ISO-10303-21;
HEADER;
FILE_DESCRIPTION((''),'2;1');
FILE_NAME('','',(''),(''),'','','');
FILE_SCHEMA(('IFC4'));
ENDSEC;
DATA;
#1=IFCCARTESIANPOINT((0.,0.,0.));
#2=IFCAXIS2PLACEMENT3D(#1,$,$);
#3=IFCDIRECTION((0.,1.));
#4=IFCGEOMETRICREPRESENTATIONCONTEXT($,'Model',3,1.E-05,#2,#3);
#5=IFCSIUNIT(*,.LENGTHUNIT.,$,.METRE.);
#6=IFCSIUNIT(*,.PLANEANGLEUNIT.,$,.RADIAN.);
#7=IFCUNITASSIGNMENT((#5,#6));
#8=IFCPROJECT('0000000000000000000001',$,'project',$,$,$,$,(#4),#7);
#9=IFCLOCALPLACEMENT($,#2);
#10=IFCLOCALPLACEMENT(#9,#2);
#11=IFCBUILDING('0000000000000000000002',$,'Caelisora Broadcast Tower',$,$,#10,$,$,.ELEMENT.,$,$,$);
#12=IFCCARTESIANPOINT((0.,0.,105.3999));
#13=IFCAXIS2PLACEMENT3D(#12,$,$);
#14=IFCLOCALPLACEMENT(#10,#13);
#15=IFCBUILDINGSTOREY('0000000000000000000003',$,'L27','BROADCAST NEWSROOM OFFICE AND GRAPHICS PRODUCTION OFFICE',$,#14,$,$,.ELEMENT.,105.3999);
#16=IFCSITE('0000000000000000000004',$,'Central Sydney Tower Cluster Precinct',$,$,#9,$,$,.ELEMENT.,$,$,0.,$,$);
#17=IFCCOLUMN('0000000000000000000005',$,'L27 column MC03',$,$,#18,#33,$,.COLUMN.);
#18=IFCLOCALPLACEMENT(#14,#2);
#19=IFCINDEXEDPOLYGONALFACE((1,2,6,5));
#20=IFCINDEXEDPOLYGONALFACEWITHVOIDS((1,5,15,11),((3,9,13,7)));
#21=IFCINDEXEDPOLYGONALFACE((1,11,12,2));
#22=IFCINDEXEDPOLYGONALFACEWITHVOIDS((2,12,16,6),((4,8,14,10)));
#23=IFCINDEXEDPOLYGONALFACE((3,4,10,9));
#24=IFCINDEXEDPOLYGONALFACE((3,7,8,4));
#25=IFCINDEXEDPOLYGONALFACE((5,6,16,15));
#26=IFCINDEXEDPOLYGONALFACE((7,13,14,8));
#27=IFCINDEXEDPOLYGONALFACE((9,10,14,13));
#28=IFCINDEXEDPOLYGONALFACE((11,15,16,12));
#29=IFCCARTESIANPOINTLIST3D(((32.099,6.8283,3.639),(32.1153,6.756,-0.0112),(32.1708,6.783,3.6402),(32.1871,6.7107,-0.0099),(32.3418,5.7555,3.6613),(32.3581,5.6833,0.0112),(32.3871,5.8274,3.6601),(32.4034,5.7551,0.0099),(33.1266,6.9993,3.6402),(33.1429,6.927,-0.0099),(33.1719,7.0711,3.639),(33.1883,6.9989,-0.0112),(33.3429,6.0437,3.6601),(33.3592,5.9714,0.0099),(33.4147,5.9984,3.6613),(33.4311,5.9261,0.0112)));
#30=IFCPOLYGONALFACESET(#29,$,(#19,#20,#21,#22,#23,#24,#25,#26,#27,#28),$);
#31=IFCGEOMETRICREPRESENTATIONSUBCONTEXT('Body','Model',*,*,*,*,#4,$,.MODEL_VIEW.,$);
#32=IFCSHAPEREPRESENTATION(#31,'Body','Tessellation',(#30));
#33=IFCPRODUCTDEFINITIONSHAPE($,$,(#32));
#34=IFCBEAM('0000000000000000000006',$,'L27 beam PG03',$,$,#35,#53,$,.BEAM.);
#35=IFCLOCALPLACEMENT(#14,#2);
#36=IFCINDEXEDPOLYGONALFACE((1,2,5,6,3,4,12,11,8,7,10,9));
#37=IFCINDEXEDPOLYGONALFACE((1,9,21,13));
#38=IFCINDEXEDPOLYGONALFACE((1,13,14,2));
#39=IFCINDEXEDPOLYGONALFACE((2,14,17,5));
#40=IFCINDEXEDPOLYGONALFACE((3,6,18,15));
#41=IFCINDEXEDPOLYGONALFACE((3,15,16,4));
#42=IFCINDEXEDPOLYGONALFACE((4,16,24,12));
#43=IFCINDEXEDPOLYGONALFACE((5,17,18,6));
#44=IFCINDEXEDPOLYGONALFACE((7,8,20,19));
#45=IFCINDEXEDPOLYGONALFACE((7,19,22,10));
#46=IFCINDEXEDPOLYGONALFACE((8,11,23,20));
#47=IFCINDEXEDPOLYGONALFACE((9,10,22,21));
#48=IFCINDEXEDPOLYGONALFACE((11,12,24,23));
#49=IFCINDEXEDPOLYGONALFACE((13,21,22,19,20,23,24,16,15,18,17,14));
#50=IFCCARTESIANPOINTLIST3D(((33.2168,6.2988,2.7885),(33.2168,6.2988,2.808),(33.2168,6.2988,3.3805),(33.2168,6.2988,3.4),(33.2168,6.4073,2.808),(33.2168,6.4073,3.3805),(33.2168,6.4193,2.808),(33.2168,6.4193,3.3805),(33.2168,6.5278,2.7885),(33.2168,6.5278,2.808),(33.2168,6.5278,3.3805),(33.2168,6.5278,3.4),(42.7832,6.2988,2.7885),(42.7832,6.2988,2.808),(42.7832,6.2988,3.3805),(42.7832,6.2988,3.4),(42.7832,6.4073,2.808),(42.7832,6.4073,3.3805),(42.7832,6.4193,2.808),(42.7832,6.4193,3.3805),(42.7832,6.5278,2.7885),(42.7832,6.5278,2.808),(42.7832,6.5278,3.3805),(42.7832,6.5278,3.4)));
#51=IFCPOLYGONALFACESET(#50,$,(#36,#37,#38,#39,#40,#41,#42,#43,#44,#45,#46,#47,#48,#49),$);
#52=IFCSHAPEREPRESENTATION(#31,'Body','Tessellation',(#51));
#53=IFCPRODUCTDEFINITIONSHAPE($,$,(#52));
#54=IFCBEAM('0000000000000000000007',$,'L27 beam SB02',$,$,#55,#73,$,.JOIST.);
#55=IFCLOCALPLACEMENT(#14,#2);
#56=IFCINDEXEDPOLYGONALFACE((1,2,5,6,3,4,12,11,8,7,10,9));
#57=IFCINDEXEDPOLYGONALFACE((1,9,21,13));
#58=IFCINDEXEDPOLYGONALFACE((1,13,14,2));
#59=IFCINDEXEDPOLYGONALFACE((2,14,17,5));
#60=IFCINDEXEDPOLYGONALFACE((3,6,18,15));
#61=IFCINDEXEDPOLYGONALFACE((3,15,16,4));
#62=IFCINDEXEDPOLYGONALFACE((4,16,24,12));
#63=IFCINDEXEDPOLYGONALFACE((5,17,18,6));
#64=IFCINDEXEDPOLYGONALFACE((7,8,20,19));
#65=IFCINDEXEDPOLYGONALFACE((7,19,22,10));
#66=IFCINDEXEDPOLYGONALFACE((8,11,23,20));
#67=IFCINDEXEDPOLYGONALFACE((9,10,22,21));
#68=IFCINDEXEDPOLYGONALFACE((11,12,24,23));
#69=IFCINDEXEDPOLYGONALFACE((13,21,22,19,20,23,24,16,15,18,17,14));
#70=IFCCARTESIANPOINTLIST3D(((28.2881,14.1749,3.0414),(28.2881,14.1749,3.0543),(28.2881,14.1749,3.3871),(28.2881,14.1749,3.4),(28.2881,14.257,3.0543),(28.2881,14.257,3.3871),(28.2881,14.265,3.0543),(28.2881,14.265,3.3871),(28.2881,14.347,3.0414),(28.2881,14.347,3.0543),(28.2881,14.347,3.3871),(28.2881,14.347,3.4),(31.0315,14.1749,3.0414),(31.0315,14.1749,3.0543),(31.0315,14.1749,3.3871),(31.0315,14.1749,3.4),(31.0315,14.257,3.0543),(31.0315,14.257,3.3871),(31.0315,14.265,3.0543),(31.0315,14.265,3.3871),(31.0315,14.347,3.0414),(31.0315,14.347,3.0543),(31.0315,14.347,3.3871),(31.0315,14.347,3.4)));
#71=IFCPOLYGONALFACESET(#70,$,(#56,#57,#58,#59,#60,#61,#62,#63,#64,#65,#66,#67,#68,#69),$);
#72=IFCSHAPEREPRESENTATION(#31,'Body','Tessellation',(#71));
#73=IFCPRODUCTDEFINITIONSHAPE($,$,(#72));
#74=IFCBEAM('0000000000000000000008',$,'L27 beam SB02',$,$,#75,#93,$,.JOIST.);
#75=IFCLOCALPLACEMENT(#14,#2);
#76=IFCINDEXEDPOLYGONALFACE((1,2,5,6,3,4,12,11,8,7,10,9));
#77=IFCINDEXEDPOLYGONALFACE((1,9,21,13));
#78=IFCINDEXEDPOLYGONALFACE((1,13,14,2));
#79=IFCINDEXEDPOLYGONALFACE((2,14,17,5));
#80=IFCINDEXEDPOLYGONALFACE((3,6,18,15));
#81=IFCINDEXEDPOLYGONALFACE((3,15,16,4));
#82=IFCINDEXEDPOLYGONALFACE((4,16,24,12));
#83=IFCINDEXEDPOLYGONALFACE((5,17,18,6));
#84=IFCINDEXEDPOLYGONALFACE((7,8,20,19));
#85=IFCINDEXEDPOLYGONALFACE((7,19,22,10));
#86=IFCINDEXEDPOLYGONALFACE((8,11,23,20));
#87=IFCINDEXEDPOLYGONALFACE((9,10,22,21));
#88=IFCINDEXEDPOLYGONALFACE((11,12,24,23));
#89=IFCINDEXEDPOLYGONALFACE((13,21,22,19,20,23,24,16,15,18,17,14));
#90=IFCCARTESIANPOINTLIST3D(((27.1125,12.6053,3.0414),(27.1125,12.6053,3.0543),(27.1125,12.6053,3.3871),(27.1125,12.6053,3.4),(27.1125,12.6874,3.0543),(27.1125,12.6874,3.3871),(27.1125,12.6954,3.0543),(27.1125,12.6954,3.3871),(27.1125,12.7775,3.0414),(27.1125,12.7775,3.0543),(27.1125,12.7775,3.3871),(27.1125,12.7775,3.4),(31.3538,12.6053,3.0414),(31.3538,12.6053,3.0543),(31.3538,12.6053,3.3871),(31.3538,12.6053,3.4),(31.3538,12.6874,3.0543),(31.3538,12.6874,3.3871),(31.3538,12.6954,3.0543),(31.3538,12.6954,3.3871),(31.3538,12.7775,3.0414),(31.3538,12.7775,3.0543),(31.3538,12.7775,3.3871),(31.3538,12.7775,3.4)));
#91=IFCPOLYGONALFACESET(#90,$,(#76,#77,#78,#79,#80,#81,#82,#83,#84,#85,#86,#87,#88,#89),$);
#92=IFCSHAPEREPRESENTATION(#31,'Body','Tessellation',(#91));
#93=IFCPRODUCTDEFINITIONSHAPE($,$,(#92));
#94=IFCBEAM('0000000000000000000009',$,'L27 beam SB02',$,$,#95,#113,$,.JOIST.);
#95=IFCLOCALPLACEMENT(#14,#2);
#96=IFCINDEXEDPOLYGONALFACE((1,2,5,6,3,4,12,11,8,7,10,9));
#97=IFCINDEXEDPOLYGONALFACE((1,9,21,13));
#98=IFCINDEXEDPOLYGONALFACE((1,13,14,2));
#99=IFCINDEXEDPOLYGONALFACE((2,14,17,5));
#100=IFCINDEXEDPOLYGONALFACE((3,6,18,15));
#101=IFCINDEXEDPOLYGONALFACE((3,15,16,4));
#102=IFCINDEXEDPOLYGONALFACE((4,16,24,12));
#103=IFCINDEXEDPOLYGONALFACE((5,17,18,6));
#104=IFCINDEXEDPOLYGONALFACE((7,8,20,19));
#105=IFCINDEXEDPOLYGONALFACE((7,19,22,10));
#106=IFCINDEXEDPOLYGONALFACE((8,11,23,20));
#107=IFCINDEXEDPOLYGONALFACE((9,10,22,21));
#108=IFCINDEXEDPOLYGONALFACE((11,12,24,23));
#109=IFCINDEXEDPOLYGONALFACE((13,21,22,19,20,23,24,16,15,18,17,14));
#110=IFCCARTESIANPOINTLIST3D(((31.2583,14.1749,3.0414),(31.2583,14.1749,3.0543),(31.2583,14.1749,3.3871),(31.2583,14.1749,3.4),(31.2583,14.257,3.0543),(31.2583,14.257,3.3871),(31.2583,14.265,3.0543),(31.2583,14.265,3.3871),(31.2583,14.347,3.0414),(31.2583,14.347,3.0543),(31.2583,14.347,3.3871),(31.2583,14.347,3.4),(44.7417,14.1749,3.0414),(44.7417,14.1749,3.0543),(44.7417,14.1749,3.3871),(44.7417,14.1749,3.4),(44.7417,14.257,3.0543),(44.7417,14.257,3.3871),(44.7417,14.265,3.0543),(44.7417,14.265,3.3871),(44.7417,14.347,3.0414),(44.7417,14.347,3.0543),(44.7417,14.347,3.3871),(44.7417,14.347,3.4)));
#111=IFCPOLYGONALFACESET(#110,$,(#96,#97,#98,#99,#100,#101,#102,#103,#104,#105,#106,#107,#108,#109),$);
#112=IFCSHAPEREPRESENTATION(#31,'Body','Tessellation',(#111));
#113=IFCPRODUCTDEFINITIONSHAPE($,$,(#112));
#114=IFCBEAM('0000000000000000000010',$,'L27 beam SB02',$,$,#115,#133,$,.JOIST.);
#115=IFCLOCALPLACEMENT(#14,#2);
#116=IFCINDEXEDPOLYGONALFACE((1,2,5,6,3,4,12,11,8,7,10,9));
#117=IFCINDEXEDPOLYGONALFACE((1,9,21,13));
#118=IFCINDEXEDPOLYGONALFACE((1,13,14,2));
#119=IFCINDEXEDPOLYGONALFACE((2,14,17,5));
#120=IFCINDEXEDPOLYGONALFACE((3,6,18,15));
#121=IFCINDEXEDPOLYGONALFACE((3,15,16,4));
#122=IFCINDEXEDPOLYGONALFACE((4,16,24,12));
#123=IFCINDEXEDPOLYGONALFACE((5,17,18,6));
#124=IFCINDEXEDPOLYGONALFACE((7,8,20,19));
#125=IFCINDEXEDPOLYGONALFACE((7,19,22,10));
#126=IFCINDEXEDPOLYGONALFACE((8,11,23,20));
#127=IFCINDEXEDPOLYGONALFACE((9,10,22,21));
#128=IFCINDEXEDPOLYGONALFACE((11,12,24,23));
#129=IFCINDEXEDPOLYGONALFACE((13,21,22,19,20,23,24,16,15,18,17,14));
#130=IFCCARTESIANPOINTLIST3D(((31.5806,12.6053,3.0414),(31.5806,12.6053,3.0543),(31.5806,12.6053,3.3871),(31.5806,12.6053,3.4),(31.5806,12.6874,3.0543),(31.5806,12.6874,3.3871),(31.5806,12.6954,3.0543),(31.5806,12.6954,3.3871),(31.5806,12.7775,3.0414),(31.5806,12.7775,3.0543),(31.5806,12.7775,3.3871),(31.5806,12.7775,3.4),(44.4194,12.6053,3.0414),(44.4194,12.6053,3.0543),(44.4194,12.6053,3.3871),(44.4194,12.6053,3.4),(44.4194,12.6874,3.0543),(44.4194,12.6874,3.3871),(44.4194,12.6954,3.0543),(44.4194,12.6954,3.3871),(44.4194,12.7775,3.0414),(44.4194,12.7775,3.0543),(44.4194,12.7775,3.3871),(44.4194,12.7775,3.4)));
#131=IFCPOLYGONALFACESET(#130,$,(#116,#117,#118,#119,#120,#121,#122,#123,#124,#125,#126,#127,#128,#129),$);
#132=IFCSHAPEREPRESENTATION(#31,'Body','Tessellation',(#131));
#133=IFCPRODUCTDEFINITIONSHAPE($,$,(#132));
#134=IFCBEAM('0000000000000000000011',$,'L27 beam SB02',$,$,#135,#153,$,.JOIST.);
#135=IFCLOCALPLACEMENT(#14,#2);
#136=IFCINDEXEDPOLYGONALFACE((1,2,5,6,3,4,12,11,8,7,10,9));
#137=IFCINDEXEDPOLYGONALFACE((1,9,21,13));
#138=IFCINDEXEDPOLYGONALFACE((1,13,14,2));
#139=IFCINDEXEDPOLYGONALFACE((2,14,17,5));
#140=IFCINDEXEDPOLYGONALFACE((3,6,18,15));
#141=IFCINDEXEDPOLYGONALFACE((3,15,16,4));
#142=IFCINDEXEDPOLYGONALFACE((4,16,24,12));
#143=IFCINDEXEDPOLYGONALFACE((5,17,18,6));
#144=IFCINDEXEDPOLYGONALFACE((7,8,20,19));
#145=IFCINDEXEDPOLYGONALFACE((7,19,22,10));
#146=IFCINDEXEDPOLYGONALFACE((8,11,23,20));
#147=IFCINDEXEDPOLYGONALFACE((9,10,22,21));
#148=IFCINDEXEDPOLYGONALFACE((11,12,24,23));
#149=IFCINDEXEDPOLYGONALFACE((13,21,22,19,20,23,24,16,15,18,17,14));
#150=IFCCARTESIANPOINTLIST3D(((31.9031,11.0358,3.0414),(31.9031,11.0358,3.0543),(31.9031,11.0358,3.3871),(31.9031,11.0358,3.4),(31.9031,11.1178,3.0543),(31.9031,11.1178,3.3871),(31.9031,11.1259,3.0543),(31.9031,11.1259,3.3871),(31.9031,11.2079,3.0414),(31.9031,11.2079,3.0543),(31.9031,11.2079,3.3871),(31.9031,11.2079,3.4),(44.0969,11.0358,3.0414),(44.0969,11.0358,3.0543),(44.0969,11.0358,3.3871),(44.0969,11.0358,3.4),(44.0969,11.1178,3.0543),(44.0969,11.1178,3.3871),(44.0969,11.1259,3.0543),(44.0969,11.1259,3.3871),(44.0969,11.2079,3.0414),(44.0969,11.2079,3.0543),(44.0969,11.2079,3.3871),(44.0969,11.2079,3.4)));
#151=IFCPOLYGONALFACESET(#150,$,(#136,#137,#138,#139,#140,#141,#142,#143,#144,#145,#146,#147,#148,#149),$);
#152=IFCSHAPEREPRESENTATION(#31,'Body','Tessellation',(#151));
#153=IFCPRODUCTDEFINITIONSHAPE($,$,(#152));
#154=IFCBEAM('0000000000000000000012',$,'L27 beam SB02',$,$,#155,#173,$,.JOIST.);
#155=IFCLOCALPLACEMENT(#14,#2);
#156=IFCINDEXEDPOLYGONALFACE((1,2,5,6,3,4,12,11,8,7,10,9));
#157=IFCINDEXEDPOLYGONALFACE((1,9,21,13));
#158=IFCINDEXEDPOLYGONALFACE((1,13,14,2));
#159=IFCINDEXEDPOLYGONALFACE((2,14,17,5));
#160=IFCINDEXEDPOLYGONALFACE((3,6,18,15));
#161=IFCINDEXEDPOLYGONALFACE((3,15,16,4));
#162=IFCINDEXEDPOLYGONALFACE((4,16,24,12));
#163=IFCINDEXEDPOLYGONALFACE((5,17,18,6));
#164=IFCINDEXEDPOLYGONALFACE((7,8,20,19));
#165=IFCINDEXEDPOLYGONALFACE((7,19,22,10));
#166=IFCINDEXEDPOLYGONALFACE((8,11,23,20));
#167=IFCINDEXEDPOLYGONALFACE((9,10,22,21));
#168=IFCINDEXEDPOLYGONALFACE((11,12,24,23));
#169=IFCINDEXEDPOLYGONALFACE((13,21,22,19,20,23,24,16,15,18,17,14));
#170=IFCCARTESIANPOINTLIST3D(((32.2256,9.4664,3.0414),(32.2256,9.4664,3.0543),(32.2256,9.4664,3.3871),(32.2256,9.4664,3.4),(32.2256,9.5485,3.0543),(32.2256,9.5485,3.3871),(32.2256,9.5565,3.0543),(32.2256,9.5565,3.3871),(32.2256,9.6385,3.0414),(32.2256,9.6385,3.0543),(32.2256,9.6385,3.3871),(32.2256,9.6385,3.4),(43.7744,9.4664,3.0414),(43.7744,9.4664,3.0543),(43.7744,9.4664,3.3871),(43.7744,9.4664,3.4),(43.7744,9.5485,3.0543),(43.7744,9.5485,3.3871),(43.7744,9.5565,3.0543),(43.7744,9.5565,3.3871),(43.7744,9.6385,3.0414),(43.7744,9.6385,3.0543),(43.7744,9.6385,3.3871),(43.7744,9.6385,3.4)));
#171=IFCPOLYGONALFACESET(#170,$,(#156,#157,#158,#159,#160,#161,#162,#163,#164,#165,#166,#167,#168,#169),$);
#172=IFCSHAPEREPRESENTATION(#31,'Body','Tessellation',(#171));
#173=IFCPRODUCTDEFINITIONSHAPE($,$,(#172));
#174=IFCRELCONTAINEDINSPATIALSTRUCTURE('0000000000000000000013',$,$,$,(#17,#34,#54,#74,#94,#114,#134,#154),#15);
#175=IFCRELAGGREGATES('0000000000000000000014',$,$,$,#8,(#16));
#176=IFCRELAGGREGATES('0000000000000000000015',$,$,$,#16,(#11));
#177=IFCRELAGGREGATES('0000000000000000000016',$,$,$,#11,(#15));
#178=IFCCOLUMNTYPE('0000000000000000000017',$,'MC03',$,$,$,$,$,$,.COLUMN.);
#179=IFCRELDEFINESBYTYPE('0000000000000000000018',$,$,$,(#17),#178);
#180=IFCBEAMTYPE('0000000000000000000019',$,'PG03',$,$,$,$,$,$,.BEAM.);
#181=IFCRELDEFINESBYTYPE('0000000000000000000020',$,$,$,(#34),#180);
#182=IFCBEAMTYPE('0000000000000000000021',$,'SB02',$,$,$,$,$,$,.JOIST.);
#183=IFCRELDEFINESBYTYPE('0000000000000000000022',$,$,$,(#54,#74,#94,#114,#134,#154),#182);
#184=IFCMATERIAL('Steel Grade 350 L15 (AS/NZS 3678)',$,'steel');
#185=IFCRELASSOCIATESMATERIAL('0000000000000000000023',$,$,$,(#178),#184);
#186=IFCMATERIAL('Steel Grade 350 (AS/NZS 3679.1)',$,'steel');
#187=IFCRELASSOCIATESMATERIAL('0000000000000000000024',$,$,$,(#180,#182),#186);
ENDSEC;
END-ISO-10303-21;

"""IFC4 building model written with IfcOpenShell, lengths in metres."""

from ifc_helpers import new_model, si_unit, direction, frame, origin, origin_2d, place, context, subcontext, project, spatial, hollow_rectangle, i_section, extrude, source, transform, mapped, material, material_profile, profile_set, type_object, type_shapes, element, save


model = new_model("IFC4")

# Units and contexts
model_context = context("Model", 3, precision=1e-05, world=origin(), true_north=direction((0.0, 1.0)))
body_context = subcontext(model_context, "Body", "Model", "MODEL_VIEW")
ifc_project = project(units=[si_unit("LENGTHUNIT", "METRE"), si_unit("PLANEANGLEUNIT", "RADIAN")], contexts=[model_context])

# Site, building, storey
site_placement = place(None, origin())
site = spatial("IfcSite", under=ifc_project, at=site_placement, Name="Central Sydney Tower Cluster Precinct", CompositionType="ELEMENT", RefElevation=0.0)
building_placement = place(site_placement, origin())
building = spatial("IfcBuilding", under=site, at=building_placement, Name="Caelisora Broadcast Tower", CompositionType="ELEMENT")
storey_placement = place(building_placement, frame((0.0, 0.0, 105.3999)))
storey = spatial("IfcBuildingStorey", under=building, at=storey_placement, Name="L27", Description="BROADCAST NEWSROOM OFFICE AND GRAPHICS PRODUCTION OFFICE", CompositionType="ELEMENT", Elevation=105.3999)

# Column
ifc_material_1 = material(Name="Steel Grade 350 L15 (AS/NZS 3678)", Category="steel")
ifc_material_profile_1 = material_profile(ifc_material_1, hollow_rectangle(XDim=1.1001, YDim=1.1001, WallThickness=0.0601, at=origin_2d()), Name="Steel Grade 350 L15 (AS/NZS 3678)")
ifc_profile_set_1 = profile_set([ifc_material_profile_1], Name="Steel Grade 350 L15 (AS/NZS 3678)")
column_type = type_object("IfcColumnType", Name="MC03", PredefinedType="COLUMN", material=ifc_profile_set_1)
shared_shape_1 = source(origin(), body_context, "Body", "SweptSolid", [
    extrude(hollow_rectangle(XDim=1.1001, YDim=1.1001, WallThickness=0.0601, at=origin_2d()), origin(), (0.0, 0.0, 1.0), 3.6509),
])
type_shapes(column_type, [shared_shape_1])
column_placement = place(storey_placement, frame((32.7732, 6.3411, 0.0), z_axis=(-0.00448, 0.019794, 0.999794), x_axis=(-0.975327, -0.220767, 0.0)))
element("IfcColumn", 1, at=column_placement, inside=storey, type_object=column_type, Name="L27 column MC03", PredefinedType="COLUMN", context=body_context, shape_type="MappedRepresentation", body=[
    mapped(shared_shape_1, transform((0.0, 0.0, 0.0), scale=1.0)),
])

# Beams
ifc_material_2 = material(Name="Steel Grade 350 (AS/NZS 3679.1)", Category="steel")
ifc_material_profile_2 = material_profile(ifc_material_2, i_section(OverallWidth=0.229, OverallDepth=0.6116, WebThickness=0.012, FlangeThickness=0.0195, at=origin_2d()), Name="Steel Grade 350 (AS/NZS 3679.1)")
ifc_profile_set_2 = profile_set([ifc_material_profile_2], Name="Steel Grade 350 (AS/NZS 3679.1)")
beam_type_1 = type_object("IfcBeamType", Name="PG03", PredefinedType="BEAM", material=ifc_profile_set_2)
shared_shape_2 = source(origin(), body_context, "Body", "SweptSolid", [
    extrude(i_section(OverallWidth=0.229, OverallDepth=0.6116, WebThickness=0.012, FlangeThickness=0.0195, at=origin_2d()), origin(), (0.0, 0.0, 1.0), 9.5664),
])
type_shapes(beam_type_1, [shared_shape_2])
beam_1_placement = place(storey_placement, frame((33.2168, 6.4133, 3.0942), z_axis=(1.0, 0.0, 0.0), x_axis=(0.0, 1.0, 0.0)))
element("IfcBeam", 2, at=beam_1_placement, inside=storey, type_object=beam_type_1, Name="L27 beam PG03", PredefinedType="BEAM", context=body_context, shape_type="MappedRepresentation", body=[
    mapped(shared_shape_2, transform((0.0, 0.0, 0.0), scale=1.0)),
])
ifc_material_profile_3 = material_profile(ifc_material_2, i_section(OverallWidth=0.1721, OverallDepth=0.3586, WebThickness=0.0081, FlangeThickness=0.0129, at=origin_2d()), Name="Steel Grade 350 (AS/NZS 3679.1)")
ifc_profile_set_3 = profile_set([ifc_material_profile_3], Name="Steel Grade 350 (AS/NZS 3679.1)")
beam_type_2 = type_object("IfcBeamType", Name="SB02", PredefinedType="JOIST", material=ifc_profile_set_3)
shared_shape_3 = source(origin(), body_context, "Body", "SweptSolid", [
    extrude(i_section(OverallWidth=0.1721, OverallDepth=0.3586, WebThickness=0.0081, FlangeThickness=0.0129, at=origin_2d()), origin(), (0.0, 0.0, 1.0), 2.7434),
])
beam_2_placement = place(storey_placement, frame((28.2881, 14.261, 3.2207), z_axis=(1.0, 0.0, 0.0), x_axis=(0.0, 1.0, 0.0)))
element("IfcBeam", 3, at=beam_2_placement, inside=storey, type_object=beam_type_2, Name="L27 beam SB02", PredefinedType="JOIST", context=body_context, shape_type="MappedRepresentation", body=[
    mapped(shared_shape_3, transform((0.0, 0.0, 0.0), scale=1.0)),
])
shared_shape_4 = source(origin(), body_context, "Body", "SweptSolid", [
    extrude(i_section(OverallWidth=0.1721, OverallDepth=0.3586, WebThickness=0.0081, FlangeThickness=0.0129, at=origin_2d()), origin(), (0.0, 0.0, 1.0), 4.2412),
])
beam_3_placement = place(storey_placement, frame((27.1125, 12.6914, 3.2207), z_axis=(1.0, 0.0, 0.0), x_axis=(0.0, 1.0, 0.0)))
element("IfcBeam", 4, at=beam_3_placement, inside=storey, type_object=beam_type_2, Name="L27 beam SB02", PredefinedType="JOIST", context=body_context, shape_type="MappedRepresentation", body=[
    mapped(shared_shape_4, transform((0.0, 0.0, 0.0), scale=1.0)),
])
shared_shape_5 = source(origin(), body_context, "Body", "SweptSolid", [
    extrude(i_section(OverallWidth=0.1721, OverallDepth=0.3586, WebThickness=0.0081, FlangeThickness=0.0129, at=origin_2d()), origin(), (0.0, 0.0, 1.0), 13.4834),
])
beam_4_placement = place(storey_placement, frame((31.2583, 14.261, 3.2207), z_axis=(1.0, 0.0, 0.0), x_axis=(0.0, 1.0, 0.0)))
element("IfcBeam", 5, at=beam_4_placement, inside=storey, type_object=beam_type_2, Name="L27 beam SB02", PredefinedType="JOIST", context=body_context, shape_type="MappedRepresentation", body=[
    mapped(shared_shape_5, transform((0.0, 0.0, 0.0), scale=1.0)),
])
shared_shape_6 = source(origin(), body_context, "Body", "SweptSolid", [
    extrude(i_section(OverallWidth=0.1721, OverallDepth=0.3586, WebThickness=0.0081, FlangeThickness=0.0129, at=origin_2d()), origin(), (0.0, 0.0, 1.0), 12.8389),
])
beam_5_placement = place(storey_placement, frame((31.5806, 12.6914, 3.2207), z_axis=(1.0, 0.0, 0.0), x_axis=(0.0, 1.0, 0.0)))
element("IfcBeam", 6, at=beam_5_placement, inside=storey, type_object=beam_type_2, Name="L27 beam SB02", PredefinedType="JOIST", context=body_context, shape_type="MappedRepresentation", body=[
    mapped(shared_shape_6, transform((0.0, 0.0, 0.0), scale=1.0)),
])
shared_shape_7 = source(origin(), body_context, "Body", "SweptSolid", [
    extrude(i_section(OverallWidth=0.1721, OverallDepth=0.3586, WebThickness=0.0081, FlangeThickness=0.0129, at=origin_2d()), origin(), (0.0, 0.0, 1.0), 12.1938),
])
beam_6_placement = place(storey_placement, frame((31.9031, 11.1218, 3.2207), z_axis=(1.0, 0.0, 0.0), x_axis=(0.0, 1.0, 0.0)))
element("IfcBeam", 7, at=beam_6_placement, inside=storey, type_object=beam_type_2, Name="L27 beam SB02", PredefinedType="JOIST", context=body_context, shape_type="MappedRepresentation", body=[
    mapped(shared_shape_7, transform((0.0, 0.0, 0.0), scale=1.0)),
])
shared_shape_8 = source(origin(), body_context, "Body", "SweptSolid", [
    extrude(i_section(OverallWidth=0.1721, OverallDepth=0.3586, WebThickness=0.0081, FlangeThickness=0.0129, at=origin_2d()), origin(), (0.0, 0.0, 1.0), 11.5488),
])
beam_7_placement = place(storey_placement, frame((32.2256, 9.5525, 3.2207), z_axis=(1.0, 0.0, 0.0), x_axis=(0.0, 1.0, 0.0)))
element("IfcBeam", 8, at=beam_7_placement, inside=storey, type_object=beam_type_2, Name="L27 beam SB02", PredefinedType="JOIST", context=body_context, shape_type="MappedRepresentation", body=[
    mapped(shared_shape_8, transform((0.0, 0.0, 0.0), scale=1.0)),
])

save(model, "model.ifc")
